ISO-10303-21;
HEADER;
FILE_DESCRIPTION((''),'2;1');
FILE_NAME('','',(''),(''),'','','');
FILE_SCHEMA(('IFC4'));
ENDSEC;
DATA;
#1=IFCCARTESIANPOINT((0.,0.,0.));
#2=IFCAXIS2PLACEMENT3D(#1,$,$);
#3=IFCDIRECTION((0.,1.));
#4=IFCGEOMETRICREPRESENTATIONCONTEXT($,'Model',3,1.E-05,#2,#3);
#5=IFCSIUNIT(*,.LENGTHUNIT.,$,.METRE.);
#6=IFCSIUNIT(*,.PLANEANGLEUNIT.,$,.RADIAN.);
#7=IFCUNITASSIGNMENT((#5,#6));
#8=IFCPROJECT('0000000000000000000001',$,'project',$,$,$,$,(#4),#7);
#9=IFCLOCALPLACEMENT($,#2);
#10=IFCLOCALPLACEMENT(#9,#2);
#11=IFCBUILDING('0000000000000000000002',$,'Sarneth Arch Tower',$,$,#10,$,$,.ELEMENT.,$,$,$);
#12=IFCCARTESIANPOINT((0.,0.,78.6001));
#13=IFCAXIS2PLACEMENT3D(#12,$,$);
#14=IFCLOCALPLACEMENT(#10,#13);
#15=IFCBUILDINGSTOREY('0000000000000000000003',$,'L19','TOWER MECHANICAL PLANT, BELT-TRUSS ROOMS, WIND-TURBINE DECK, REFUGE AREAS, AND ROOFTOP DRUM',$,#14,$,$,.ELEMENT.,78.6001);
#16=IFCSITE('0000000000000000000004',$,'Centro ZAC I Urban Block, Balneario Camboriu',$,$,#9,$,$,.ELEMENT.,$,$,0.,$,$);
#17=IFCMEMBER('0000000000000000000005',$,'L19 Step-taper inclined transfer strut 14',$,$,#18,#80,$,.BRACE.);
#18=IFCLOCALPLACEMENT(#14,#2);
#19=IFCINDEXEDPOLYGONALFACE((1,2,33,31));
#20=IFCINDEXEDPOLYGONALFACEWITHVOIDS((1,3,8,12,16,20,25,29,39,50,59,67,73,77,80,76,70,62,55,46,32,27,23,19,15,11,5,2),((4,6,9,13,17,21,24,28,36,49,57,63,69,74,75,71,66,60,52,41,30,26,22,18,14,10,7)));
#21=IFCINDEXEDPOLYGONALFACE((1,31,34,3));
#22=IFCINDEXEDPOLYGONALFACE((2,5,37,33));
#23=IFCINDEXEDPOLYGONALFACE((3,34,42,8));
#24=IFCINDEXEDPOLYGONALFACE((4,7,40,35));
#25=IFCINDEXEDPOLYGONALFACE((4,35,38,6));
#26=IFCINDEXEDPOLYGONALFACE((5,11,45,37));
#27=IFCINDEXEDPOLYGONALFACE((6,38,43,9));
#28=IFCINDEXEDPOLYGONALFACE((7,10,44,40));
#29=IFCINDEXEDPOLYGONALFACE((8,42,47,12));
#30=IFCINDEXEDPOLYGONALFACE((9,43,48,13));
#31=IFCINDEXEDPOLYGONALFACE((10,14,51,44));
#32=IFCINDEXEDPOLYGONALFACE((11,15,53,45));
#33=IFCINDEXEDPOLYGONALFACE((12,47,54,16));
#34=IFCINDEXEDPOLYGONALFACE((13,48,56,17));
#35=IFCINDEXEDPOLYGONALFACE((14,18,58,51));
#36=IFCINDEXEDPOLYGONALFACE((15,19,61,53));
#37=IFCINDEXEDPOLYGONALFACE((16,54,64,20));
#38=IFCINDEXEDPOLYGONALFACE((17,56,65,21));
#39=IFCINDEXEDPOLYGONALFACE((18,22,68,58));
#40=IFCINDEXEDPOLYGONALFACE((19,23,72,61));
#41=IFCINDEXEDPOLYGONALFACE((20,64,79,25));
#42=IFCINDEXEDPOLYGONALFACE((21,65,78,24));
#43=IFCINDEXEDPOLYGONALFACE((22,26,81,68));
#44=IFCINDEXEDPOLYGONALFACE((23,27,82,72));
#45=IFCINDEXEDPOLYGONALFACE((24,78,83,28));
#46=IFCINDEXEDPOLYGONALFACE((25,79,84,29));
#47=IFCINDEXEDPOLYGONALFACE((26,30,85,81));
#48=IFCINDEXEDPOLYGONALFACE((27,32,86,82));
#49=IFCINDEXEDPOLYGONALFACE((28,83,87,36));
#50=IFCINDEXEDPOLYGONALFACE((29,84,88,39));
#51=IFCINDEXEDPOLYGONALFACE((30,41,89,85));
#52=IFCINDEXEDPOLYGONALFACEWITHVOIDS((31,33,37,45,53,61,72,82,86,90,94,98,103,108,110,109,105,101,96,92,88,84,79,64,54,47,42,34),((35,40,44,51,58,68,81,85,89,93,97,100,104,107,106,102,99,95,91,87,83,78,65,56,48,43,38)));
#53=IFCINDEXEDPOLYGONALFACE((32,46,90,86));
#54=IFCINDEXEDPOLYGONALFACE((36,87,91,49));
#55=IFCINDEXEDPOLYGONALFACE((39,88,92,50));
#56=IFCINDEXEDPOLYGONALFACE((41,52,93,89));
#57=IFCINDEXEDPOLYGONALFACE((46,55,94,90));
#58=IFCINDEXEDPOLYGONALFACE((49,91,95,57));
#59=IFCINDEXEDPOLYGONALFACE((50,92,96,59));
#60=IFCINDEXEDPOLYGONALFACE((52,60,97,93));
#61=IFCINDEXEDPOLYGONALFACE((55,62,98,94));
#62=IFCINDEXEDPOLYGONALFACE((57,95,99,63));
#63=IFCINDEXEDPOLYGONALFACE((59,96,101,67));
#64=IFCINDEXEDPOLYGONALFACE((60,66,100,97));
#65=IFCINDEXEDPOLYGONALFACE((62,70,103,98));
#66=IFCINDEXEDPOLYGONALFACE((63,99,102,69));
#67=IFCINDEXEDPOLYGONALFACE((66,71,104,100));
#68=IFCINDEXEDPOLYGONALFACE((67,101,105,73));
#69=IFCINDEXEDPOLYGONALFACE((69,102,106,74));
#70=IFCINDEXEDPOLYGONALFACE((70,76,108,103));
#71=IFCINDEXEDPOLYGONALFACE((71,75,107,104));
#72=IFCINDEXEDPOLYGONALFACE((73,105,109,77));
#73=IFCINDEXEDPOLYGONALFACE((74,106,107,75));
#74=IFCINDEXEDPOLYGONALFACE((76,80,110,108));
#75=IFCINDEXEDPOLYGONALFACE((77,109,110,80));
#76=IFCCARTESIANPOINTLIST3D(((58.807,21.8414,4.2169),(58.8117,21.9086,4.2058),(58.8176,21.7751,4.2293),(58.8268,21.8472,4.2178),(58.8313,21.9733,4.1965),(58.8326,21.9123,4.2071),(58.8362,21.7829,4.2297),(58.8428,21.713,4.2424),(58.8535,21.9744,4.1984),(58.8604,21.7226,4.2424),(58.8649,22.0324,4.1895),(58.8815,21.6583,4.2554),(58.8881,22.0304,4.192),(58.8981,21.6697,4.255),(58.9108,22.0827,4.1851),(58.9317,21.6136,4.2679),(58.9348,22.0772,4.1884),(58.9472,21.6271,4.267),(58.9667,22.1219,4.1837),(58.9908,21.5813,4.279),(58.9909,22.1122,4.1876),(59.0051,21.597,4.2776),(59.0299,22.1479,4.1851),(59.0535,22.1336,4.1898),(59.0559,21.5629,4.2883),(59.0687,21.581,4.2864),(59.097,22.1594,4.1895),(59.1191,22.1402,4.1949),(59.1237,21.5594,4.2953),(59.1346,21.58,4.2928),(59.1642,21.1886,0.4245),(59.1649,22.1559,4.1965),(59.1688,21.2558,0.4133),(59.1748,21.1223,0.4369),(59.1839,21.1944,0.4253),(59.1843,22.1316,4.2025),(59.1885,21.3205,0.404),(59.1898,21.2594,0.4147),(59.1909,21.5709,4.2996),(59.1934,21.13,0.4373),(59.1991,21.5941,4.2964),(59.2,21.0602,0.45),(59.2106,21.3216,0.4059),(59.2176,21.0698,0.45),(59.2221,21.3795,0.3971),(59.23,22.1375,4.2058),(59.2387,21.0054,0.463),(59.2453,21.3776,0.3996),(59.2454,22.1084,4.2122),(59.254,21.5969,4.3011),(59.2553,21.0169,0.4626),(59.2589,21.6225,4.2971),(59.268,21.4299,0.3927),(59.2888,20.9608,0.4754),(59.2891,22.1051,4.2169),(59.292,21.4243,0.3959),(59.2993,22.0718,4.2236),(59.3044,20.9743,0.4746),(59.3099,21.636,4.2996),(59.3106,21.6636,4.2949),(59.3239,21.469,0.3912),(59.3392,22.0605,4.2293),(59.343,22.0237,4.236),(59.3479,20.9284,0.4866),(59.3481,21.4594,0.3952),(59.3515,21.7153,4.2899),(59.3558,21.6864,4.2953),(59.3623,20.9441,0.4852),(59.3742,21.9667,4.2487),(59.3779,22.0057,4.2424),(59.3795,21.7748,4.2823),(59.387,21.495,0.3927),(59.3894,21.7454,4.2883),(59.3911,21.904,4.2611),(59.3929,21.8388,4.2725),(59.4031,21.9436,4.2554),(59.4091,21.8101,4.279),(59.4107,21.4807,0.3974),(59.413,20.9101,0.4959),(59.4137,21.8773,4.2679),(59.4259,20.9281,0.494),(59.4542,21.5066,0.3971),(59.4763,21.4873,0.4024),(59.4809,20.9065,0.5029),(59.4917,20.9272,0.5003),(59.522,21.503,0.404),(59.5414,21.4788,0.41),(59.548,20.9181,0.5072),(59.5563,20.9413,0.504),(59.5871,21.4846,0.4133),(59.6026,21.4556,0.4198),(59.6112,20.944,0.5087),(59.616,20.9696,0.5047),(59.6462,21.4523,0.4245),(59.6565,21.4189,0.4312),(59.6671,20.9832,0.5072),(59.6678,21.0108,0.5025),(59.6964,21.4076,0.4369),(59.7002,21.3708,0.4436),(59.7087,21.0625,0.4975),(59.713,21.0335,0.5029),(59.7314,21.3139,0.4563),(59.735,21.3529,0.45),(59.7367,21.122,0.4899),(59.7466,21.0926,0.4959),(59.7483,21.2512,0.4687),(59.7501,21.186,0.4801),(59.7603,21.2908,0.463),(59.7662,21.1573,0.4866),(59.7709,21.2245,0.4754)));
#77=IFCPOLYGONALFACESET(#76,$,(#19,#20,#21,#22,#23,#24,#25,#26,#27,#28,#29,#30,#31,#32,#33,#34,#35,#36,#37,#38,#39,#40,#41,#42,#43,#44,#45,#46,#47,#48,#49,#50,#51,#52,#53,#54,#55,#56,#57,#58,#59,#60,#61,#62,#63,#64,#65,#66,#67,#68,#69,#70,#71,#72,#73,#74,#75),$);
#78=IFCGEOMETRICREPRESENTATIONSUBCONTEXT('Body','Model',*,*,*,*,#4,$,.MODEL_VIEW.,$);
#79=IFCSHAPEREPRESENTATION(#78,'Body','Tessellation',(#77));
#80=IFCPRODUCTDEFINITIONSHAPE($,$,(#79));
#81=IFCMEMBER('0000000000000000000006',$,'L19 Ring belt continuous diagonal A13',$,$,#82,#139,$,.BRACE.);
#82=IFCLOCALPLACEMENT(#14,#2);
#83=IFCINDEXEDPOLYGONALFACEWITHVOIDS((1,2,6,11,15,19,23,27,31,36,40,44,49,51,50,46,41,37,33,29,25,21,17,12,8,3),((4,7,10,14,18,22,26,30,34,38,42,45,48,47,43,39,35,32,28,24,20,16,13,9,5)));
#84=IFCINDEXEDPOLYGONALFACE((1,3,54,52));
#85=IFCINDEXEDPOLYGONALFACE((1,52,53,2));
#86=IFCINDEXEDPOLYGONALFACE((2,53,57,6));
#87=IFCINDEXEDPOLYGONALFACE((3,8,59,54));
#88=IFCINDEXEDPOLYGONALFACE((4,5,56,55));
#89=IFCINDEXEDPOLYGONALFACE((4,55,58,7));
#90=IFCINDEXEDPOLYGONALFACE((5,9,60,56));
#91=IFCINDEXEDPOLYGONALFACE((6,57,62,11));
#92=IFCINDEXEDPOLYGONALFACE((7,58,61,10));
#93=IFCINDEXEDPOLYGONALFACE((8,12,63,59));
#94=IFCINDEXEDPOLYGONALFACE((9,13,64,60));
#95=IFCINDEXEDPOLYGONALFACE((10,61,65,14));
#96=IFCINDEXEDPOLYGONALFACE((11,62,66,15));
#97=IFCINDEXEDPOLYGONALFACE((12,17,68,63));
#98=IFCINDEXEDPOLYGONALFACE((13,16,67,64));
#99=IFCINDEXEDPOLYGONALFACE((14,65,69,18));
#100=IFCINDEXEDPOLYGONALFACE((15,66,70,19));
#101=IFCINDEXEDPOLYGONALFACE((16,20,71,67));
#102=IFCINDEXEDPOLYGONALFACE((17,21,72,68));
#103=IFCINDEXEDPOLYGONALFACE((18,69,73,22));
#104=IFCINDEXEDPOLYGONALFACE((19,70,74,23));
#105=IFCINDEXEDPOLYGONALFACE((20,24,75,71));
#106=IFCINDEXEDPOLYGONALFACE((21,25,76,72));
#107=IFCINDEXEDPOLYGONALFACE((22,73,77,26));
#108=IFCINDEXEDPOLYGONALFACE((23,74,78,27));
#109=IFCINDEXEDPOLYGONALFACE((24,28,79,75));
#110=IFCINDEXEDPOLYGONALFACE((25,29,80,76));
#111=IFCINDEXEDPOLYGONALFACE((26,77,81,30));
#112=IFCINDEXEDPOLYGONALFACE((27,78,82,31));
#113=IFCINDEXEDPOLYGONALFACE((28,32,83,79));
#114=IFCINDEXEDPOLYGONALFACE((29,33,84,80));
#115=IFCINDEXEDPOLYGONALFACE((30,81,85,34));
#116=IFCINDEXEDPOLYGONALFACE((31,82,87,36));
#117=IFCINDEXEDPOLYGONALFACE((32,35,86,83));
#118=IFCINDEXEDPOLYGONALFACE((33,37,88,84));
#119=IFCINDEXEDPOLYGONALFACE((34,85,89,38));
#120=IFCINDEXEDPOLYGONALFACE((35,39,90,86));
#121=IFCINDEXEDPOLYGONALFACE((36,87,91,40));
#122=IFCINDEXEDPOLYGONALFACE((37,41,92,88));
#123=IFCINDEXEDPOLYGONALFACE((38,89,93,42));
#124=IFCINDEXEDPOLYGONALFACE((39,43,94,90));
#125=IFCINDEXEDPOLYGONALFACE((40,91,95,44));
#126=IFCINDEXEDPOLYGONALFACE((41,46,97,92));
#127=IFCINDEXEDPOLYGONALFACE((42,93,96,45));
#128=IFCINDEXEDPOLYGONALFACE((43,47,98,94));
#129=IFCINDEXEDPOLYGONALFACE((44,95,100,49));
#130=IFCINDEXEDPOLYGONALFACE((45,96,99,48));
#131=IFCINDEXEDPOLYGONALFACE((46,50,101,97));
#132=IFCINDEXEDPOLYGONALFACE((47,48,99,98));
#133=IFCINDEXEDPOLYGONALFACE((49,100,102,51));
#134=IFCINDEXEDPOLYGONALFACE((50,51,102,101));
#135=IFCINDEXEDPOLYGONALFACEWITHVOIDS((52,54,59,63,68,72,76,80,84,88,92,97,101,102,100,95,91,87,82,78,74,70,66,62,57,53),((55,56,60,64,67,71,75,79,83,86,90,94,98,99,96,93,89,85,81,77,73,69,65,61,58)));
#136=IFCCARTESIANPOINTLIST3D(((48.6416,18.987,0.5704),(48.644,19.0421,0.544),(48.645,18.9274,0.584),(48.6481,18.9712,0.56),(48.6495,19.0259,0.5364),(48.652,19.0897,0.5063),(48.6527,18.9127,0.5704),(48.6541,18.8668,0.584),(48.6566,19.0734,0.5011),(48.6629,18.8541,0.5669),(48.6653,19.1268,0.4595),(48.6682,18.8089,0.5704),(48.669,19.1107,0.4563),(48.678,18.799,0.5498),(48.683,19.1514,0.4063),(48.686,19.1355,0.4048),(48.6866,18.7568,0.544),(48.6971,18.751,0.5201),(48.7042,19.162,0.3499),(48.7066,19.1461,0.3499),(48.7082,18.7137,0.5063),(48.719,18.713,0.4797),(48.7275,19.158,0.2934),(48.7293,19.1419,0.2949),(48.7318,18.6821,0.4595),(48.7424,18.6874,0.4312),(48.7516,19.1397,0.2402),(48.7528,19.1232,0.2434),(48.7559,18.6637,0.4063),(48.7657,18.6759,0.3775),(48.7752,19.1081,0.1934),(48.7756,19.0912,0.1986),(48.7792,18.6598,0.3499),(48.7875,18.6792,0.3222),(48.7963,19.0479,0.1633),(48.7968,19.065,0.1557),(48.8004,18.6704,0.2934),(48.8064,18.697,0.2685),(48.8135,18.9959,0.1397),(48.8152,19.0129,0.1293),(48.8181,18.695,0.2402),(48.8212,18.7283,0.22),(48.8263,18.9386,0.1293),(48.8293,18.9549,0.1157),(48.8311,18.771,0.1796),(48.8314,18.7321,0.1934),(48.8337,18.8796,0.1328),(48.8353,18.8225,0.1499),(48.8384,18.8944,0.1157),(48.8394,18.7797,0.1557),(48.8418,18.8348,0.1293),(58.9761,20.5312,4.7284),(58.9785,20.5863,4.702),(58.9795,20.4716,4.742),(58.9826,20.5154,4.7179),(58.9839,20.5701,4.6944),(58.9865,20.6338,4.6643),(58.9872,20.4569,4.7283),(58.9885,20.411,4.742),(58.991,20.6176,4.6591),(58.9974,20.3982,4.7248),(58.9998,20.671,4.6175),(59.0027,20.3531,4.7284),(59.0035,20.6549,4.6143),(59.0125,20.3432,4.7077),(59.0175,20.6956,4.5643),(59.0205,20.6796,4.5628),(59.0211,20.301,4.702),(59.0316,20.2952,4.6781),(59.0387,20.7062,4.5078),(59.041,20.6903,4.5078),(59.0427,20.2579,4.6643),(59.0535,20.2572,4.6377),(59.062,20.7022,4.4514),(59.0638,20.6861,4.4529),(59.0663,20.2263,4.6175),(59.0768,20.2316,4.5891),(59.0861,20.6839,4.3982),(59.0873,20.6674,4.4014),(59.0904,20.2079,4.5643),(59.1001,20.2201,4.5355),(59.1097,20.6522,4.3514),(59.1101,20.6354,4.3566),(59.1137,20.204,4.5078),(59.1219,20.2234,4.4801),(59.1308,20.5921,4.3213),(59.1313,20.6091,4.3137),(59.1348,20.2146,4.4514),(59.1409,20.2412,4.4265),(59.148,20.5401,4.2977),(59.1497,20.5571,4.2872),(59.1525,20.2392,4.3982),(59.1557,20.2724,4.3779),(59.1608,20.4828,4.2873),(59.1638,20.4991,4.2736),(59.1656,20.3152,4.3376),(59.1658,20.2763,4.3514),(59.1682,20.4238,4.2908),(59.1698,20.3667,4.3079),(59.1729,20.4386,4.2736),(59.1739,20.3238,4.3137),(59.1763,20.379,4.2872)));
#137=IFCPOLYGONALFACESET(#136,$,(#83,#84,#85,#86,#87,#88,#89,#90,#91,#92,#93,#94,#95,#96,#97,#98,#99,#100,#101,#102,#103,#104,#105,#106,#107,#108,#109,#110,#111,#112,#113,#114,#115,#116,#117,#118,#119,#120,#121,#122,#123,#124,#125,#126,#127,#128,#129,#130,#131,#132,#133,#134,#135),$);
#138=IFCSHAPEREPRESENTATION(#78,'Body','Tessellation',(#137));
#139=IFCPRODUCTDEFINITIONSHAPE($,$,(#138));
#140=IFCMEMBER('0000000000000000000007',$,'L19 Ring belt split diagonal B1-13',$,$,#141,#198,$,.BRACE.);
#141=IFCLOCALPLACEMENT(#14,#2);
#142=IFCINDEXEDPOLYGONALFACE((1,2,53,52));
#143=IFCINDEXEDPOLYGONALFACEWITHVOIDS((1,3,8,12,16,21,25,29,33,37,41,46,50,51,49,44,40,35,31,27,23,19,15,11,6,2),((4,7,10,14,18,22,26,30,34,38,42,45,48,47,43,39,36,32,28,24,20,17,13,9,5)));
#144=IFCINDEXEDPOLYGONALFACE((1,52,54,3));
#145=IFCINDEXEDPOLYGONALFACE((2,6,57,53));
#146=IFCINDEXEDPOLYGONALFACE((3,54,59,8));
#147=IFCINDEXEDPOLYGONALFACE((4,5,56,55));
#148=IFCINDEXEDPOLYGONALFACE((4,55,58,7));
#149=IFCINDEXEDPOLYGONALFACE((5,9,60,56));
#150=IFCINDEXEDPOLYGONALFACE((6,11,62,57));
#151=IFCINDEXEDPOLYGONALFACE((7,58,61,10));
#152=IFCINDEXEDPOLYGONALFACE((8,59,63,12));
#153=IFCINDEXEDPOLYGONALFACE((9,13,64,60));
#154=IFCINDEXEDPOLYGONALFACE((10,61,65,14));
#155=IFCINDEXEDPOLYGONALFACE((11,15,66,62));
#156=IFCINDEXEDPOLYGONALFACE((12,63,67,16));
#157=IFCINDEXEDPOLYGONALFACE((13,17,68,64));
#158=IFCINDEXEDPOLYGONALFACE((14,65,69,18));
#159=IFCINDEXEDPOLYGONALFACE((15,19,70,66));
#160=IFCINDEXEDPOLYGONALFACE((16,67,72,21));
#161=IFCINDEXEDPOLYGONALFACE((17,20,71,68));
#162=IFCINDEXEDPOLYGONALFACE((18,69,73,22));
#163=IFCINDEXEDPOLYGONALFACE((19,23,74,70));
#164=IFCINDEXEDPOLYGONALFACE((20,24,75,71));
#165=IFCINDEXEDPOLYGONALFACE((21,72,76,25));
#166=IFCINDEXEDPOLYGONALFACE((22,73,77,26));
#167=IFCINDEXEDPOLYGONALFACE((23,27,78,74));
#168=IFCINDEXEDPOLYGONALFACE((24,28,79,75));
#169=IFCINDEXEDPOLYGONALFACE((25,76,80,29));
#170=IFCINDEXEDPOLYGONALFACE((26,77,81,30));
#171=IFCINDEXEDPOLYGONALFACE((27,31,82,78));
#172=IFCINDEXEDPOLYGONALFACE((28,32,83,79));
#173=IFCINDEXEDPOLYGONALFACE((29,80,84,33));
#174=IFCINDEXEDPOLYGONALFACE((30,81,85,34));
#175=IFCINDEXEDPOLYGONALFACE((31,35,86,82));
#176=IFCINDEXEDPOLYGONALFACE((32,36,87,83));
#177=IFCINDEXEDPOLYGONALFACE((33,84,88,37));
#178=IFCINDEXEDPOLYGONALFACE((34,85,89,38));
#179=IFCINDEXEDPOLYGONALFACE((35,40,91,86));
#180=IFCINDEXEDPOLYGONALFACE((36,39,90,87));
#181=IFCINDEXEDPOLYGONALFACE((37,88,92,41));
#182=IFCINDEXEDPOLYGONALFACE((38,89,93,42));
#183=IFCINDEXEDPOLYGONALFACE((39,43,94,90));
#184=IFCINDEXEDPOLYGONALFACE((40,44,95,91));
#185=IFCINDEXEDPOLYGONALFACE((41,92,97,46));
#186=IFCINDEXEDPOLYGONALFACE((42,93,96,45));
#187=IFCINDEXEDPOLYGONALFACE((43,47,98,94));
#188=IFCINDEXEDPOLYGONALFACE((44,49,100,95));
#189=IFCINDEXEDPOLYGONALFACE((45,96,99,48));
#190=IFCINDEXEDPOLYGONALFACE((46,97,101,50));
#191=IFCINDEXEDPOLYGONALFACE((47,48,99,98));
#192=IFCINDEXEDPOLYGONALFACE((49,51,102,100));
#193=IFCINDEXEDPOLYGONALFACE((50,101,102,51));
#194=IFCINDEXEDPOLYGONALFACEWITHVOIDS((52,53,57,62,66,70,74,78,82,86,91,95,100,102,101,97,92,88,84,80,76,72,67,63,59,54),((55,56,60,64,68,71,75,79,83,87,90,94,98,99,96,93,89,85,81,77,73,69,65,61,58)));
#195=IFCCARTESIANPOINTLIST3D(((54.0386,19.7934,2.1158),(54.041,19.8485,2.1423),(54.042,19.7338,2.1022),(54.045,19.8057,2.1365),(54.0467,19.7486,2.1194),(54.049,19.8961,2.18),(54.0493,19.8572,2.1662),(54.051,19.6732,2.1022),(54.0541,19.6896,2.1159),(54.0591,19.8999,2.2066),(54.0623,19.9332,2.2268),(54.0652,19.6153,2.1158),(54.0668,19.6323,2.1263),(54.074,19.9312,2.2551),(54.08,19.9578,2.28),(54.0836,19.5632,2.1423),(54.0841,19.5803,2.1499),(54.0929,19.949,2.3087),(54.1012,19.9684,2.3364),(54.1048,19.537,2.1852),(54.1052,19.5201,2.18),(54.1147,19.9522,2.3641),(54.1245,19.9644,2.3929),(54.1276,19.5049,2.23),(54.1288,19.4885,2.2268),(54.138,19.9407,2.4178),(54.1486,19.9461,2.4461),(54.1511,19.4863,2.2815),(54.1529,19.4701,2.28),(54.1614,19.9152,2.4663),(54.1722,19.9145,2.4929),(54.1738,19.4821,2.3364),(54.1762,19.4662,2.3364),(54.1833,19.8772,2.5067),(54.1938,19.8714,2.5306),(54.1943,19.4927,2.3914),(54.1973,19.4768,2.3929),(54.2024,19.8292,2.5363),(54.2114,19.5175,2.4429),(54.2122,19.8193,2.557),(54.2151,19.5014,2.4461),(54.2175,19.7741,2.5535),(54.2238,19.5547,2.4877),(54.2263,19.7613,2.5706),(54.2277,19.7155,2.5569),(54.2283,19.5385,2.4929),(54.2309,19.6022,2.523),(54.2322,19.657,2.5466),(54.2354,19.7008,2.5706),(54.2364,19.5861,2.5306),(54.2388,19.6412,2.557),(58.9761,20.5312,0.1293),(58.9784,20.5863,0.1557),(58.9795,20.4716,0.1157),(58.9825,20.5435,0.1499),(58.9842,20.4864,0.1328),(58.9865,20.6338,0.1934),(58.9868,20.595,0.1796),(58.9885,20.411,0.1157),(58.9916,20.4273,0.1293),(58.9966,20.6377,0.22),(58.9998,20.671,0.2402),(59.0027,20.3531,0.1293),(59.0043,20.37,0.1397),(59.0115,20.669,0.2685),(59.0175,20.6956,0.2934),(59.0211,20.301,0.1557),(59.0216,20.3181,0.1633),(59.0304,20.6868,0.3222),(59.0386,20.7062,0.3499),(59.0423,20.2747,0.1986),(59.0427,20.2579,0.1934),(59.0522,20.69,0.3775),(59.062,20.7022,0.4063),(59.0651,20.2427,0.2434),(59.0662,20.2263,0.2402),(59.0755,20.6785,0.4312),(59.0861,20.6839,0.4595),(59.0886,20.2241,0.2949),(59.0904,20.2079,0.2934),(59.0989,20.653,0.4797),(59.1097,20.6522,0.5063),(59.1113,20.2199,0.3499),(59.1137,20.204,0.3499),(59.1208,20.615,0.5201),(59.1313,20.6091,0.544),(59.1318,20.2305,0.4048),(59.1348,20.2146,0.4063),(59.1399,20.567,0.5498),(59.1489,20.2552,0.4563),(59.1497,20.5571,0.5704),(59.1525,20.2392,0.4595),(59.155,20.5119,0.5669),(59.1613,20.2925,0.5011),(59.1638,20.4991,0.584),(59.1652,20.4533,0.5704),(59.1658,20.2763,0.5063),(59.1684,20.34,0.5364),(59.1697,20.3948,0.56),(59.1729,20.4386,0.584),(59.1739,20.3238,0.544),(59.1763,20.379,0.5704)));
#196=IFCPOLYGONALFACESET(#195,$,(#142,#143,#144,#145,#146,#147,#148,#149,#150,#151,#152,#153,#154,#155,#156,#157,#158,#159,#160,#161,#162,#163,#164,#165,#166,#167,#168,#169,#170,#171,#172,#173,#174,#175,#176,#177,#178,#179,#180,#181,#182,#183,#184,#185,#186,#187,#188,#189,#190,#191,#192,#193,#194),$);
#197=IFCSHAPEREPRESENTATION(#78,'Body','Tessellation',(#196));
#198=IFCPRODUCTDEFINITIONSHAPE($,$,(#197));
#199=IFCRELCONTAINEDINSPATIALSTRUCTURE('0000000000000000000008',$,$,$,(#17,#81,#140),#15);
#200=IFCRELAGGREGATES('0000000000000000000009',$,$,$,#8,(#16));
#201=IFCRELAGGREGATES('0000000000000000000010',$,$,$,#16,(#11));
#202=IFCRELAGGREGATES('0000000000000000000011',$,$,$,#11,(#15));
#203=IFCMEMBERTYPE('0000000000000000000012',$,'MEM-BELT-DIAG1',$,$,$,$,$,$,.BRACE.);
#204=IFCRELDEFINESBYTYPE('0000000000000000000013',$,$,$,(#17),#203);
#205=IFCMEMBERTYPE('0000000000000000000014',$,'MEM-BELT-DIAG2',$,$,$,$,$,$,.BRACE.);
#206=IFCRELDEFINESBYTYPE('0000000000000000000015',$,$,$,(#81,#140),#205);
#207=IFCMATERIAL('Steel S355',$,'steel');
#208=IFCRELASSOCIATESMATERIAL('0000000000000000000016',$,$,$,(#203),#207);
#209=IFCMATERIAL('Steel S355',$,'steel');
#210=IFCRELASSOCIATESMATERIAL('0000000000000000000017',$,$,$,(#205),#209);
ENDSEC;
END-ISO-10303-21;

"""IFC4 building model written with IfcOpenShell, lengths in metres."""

from ifc_helpers import new_model, si_unit, direction, frame, origin, origin_2d, place, context, subcontext, project, spatial, hollow_circle, extrude, material, material_profile, profile_set, type_object, element, save


model = new_model("IFC4")

# Units and contexts
model_context = context("Model", 3, precision=1e-05, world=origin(), true_north=direction((0.0, 1.0)))
body_context = subcontext(model_context, "Body", "Model", "MODEL_VIEW")
ifc_project = project(units=[si_unit("LENGTHUNIT", "METRE"), si_unit("PLANEANGLEUNIT", "RADIAN")], contexts=[model_context])

# Site, building, storey
site_placement = place(None, origin())
site = spatial("IfcSite", under=ifc_project, at=site_placement, Name="Centro ZAC I Urban Block, Balneario Camboriu", CompositionType="ELEMENT", RefElevation=0.0)
building_placement = place(site_placement, origin())
building = spatial("IfcBuilding", under=site, at=building_placement, Name="Sarneth Arch Tower", CompositionType="ELEMENT")
storey_placement = place(building_placement, frame((0.0, 0.0, 78.6001)))
storey = spatial("IfcBuildingStorey", under=building, at=storey_placement, Name="L19", Description="TOWER MECHANICAL PLANT, BELT-TRUSS ROOMS, WIND-TURBINE DECK, REFUGE AREAS, AND ROOFTOP DRUM", CompositionType="ELEMENT", Elevation=78.6001)

# Members
ifc_material_1 = material(Name="Steel S355", Category="steel")
ifc_material_profile_1 = material_profile(ifc_material_1, hollow_circle(Radius=0.3049, WallThickness=0.02, at=origin_2d()), Name="CHS610x20")
ifc_profile_set_1 = profile_set([ifc_material_profile_1], Name="Steel S355")
member_type_1 = type_object("IfcMemberType", Name="MEM-BELT-DIAG1", PredefinedType="BRACE", material=ifc_profile_set_1)
member_1_placement = place(storey_placement, frame((59.4675, 21.2065, 0.45), z_axis=(-0.092418, 0.168917, 0.981288), x_axis=(-0.87728, -0.479978, 0.0)))
element("IfcMember", 1, at=member_1_placement, inside=storey, type_object=member_type_1, Name="L19 Step-taper inclined transfer strut 14", PredefinedType="BRACE", context=body_context, shape_type="SweptSolid", body=[
    extrude(hollow_circle(Radius=0.3049, WallThickness=0.02, at=origin_2d()), origin(), (0.0, 0.0, 1.0), 3.8647),
])
ifc_material_2 = material(Name="Steel S355", Category="steel")
ifc_material_profile_2 = material_profile(ifc_material_2, hollow_circle(Radius=0.2539, WallThickness=0.0161, at=origin_2d()), Name="CHS508x16")
ifc_profile_set_2 = profile_set([ifc_material_profile_2], Name="Steel S355")
member_type_2 = type_object("IfcMemberType", Name="MEM-BELT-DIAG2", PredefinedType="BRACE", material=ifc_profile_set_2)
member_2_placement = place(storey_placement, frame((48.7417, 18.9109, 0.3499), z_axis=(0.918939, 0.137309, 0.369725), x_axis=(-0.147781, 0.98902, 0.0)))
element("IfcMember", 2, at=member_2_placement, inside=storey, type_object=member_type_2, Name="L19 Ring belt continuous diagonal A13", PredefinedType="BRACE", context=body_context, shape_type="SweptSolid", body=[
    extrude(hollow_circle(Radius=0.2539, WallThickness=0.0161, at=origin_2d()), origin(), (0.0, 0.0, 1.0), 11.2461),
])
for number, where, z_axis, x_axis, name in (
    (3, (59.0762, 20.4551, 0.3499), (-0.918937, -0.137314, 0.369729), (0.147786, -0.989019, 0.0), "L19 Ring belt split diagonal B1-13"),
):
    element("IfcMember", number, at=place(storey_placement, frame(where, z_axis=z_axis, x_axis=x_axis)), inside=storey, type_object=member_type_2, Name=name, PredefinedType="BRACE", context=body_context, shape_type="SweptSolid", body=[
        extrude(hollow_circle(Radius=0.2539, WallThickness=0.0161, at=origin_2d()), origin(), (0.0, 0.0, 1.0), 5.373),
    ])

save(model, "model.ifc")
